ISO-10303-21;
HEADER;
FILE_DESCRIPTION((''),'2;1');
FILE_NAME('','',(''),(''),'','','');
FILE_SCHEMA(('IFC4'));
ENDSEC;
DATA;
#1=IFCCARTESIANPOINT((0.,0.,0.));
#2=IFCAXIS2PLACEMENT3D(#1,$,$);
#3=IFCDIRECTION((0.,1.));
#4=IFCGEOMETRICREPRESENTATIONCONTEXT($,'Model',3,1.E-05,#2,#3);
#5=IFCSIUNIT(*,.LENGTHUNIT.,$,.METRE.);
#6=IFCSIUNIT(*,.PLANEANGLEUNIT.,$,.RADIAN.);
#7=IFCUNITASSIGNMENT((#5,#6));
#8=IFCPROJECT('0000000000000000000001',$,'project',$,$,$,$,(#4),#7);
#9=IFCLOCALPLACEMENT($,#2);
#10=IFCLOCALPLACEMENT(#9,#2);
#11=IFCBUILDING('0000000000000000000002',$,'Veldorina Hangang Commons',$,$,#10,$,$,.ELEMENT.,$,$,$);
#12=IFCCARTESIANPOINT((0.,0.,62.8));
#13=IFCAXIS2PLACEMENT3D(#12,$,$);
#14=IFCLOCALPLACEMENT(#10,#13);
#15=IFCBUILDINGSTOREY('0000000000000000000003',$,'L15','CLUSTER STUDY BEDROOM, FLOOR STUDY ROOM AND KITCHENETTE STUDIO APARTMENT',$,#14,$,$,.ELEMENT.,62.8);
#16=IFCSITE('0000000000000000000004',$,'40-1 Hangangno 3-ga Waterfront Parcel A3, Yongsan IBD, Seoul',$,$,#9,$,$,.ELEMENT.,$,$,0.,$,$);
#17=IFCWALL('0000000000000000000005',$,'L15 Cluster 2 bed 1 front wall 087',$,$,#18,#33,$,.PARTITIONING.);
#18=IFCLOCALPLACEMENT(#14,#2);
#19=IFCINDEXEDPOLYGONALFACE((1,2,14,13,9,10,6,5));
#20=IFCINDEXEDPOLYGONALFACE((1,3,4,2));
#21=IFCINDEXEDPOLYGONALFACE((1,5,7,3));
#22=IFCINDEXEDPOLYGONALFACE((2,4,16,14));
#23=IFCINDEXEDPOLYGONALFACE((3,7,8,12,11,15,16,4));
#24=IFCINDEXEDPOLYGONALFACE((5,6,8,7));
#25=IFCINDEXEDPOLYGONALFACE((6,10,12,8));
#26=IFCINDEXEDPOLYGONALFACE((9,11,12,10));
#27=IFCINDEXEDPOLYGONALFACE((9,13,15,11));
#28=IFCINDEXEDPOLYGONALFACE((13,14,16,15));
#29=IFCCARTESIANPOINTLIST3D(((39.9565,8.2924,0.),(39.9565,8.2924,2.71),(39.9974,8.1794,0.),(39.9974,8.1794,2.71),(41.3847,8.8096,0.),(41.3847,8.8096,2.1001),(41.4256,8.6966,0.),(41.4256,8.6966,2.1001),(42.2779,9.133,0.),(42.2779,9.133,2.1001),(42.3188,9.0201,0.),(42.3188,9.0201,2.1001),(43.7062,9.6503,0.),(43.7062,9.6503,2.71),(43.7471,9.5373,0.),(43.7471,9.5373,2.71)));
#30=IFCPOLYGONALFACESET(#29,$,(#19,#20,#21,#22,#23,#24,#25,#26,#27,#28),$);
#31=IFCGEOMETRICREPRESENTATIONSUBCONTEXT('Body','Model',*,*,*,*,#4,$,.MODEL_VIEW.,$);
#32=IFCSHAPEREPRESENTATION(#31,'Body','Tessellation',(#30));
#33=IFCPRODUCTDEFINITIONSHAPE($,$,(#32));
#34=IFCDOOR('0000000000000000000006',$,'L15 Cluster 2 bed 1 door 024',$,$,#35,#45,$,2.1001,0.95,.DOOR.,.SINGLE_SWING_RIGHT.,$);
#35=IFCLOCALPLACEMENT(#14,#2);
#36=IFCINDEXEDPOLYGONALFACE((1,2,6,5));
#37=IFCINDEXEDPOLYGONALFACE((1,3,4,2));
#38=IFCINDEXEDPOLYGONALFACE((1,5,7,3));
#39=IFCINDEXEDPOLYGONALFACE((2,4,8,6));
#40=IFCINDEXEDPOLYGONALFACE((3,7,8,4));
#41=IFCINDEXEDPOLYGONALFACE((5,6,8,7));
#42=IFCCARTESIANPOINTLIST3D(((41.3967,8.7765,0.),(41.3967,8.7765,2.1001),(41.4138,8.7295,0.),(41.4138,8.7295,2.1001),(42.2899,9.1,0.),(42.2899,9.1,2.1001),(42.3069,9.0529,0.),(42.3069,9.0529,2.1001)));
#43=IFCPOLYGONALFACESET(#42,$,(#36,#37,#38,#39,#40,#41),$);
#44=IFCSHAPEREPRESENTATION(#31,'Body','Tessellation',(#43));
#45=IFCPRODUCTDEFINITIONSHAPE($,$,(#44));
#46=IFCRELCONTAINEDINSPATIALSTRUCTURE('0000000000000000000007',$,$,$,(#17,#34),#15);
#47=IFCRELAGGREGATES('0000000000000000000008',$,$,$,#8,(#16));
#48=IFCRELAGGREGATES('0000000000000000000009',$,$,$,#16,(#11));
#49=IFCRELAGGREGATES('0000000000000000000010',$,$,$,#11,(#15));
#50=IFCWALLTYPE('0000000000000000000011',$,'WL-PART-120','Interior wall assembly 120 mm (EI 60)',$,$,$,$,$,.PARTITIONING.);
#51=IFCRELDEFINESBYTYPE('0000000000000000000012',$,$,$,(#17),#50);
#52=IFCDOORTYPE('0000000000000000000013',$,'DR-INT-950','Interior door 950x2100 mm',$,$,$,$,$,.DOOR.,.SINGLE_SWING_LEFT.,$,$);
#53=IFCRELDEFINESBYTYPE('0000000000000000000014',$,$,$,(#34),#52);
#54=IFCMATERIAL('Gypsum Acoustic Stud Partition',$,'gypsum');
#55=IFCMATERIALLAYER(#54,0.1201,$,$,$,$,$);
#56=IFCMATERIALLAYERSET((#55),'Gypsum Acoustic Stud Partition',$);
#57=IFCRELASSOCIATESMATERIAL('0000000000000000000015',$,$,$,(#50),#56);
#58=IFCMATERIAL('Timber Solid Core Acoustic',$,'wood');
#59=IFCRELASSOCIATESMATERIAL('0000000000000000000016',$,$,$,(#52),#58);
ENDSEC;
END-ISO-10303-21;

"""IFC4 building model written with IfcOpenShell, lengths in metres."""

from ifc_helpers import new_model, si_unit, direction, frame, frame_2d, origin, place, context, subcontext, project, spatial, rectangle, extrude, material, layer, layer_set, type_object, element, fill, save


model = new_model("IFC4")

# Units and contexts
model_context = context("Model", 3, precision=1e-05, world=origin(), true_north=direction((0.0, 1.0)))
body_context = subcontext(model_context, "Body", "Model", "MODEL_VIEW")
ifc_project = project(units=[si_unit("LENGTHUNIT", "METRE"), si_unit("PLANEANGLEUNIT", "RADIAN")], contexts=[model_context])

# Site, building, storey
site_placement = place(None, origin())
site = spatial("IfcSite", under=ifc_project, at=site_placement, Name="40-1 Hangangno 3-ga Waterfront Parcel A3, Yongsan IBD, Seoul", CompositionType="ELEMENT", RefElevation=0.0)
building_placement = place(site_placement, origin())
building = spatial("IfcBuilding", under=site, at=building_placement, Name="Veldorina Hangang Commons", CompositionType="ELEMENT")
storey_placement = place(building_placement, frame((0.0, 0.0, 62.8)))
storey = spatial("IfcBuildingStorey", under=building, at=storey_placement, Name="L15", Description="CLUSTER STUDY BEDROOM, FLOOR STUDY ROOM AND KITCHENETTE STUDIO APARTMENT", CompositionType="ELEMENT", Elevation=62.8)

# Shared definitions
ifc_material_1 = material(Name="Timber Solid Core Acoustic", Category="wood")

# Shared definitions
ifc_material_2 = material(Name="Gypsum Acoustic Stud Partition", Category="gypsum")
ifc_layer_1 = layer(ifc_material_2, 0.1201)
ifc_layer_set_1 = layer_set([ifc_layer_1], Name="Gypsum Acoustic Stud Partition")
wall_type_1 = type_object("IfcWallType", Name="WL-PART-120", Description="Interior wall assembly 120 mm (EI 60)", PredefinedType="PARTITIONING", material=ifc_layer_set_1)

# Wall, opening, door
wall_1_placement = place(storey_placement, frame((39.9768, 8.2358, 0.0), z_axis=(0.0, 0.0, 1.0), x_axis=(0.940247, 0.340494, 0.0)))
wall_1 = element("IfcWall", 1, at=wall_1_placement, inside=storey, type_object=wall_type_1, Name="L15 Cluster 2 bed 1 front wall 087", PredefinedType="PARTITIONING", context=body_context, shape_type="SweptSolid", body=[
    extrude(rectangle(XDim=3.988, YDim=0.1201, at=frame_2d((1.9941, 0.0))), origin(), (0.0, 0.0, 1.0), 2.71),
])
opening_1_placement = place(wall_1_placement, frame((1.519, 0.0, 0.0)))
opening_1 = element("IfcOpeningElement", 2, at=opening_1_placement, cuts=wall_1, PredefinedType="OPENING", context=body_context, shape_type="SweptSolid", body=[
    extrude(rectangle(XDim=0.95, YDim=2.1001, at=frame_2d((0.4751, 1.05))), frame((0.0, 0.0701, 0.0), z_axis=(0.0, -1.0, 0.0), x_axis=(1.0, 0.0, 0.0)), (0.0, 0.0, 1.0), 0.1401),
])
door_type_1 = type_object("IfcDoorType", Name="DR-INT-950", Description="Interior door 950x2100 mm", OperationType="SINGLE_SWING_LEFT", PredefinedType="DOOR", material=ifc_material_1)
door_1_placement = place(opening_1_placement, origin())
door_1 = element("IfcDoor", 3, at=door_1_placement, inside=storey, type_object=door_type_1, Name="L15 Cluster 2 bed 1 door 024", OperationType="SINGLE_SWING_RIGHT", OverallHeight=2.1001, OverallWidth=0.95, PredefinedType="DOOR", context=body_context, shape_type="SweptSolid", body=[
    extrude(rectangle(XDim=0.95, YDim=2.1001, at=frame_2d((0.4751, 1.05))), frame((0.0, 0.0249, 0.0), z_axis=(0.0, -1.0, 0.0), x_axis=(1.0, 0.0, 0.0)), (0.0, 0.0, 1.0), 0.05),
])
fill(opening_1, door_1)

save(model, "model.ifc")
